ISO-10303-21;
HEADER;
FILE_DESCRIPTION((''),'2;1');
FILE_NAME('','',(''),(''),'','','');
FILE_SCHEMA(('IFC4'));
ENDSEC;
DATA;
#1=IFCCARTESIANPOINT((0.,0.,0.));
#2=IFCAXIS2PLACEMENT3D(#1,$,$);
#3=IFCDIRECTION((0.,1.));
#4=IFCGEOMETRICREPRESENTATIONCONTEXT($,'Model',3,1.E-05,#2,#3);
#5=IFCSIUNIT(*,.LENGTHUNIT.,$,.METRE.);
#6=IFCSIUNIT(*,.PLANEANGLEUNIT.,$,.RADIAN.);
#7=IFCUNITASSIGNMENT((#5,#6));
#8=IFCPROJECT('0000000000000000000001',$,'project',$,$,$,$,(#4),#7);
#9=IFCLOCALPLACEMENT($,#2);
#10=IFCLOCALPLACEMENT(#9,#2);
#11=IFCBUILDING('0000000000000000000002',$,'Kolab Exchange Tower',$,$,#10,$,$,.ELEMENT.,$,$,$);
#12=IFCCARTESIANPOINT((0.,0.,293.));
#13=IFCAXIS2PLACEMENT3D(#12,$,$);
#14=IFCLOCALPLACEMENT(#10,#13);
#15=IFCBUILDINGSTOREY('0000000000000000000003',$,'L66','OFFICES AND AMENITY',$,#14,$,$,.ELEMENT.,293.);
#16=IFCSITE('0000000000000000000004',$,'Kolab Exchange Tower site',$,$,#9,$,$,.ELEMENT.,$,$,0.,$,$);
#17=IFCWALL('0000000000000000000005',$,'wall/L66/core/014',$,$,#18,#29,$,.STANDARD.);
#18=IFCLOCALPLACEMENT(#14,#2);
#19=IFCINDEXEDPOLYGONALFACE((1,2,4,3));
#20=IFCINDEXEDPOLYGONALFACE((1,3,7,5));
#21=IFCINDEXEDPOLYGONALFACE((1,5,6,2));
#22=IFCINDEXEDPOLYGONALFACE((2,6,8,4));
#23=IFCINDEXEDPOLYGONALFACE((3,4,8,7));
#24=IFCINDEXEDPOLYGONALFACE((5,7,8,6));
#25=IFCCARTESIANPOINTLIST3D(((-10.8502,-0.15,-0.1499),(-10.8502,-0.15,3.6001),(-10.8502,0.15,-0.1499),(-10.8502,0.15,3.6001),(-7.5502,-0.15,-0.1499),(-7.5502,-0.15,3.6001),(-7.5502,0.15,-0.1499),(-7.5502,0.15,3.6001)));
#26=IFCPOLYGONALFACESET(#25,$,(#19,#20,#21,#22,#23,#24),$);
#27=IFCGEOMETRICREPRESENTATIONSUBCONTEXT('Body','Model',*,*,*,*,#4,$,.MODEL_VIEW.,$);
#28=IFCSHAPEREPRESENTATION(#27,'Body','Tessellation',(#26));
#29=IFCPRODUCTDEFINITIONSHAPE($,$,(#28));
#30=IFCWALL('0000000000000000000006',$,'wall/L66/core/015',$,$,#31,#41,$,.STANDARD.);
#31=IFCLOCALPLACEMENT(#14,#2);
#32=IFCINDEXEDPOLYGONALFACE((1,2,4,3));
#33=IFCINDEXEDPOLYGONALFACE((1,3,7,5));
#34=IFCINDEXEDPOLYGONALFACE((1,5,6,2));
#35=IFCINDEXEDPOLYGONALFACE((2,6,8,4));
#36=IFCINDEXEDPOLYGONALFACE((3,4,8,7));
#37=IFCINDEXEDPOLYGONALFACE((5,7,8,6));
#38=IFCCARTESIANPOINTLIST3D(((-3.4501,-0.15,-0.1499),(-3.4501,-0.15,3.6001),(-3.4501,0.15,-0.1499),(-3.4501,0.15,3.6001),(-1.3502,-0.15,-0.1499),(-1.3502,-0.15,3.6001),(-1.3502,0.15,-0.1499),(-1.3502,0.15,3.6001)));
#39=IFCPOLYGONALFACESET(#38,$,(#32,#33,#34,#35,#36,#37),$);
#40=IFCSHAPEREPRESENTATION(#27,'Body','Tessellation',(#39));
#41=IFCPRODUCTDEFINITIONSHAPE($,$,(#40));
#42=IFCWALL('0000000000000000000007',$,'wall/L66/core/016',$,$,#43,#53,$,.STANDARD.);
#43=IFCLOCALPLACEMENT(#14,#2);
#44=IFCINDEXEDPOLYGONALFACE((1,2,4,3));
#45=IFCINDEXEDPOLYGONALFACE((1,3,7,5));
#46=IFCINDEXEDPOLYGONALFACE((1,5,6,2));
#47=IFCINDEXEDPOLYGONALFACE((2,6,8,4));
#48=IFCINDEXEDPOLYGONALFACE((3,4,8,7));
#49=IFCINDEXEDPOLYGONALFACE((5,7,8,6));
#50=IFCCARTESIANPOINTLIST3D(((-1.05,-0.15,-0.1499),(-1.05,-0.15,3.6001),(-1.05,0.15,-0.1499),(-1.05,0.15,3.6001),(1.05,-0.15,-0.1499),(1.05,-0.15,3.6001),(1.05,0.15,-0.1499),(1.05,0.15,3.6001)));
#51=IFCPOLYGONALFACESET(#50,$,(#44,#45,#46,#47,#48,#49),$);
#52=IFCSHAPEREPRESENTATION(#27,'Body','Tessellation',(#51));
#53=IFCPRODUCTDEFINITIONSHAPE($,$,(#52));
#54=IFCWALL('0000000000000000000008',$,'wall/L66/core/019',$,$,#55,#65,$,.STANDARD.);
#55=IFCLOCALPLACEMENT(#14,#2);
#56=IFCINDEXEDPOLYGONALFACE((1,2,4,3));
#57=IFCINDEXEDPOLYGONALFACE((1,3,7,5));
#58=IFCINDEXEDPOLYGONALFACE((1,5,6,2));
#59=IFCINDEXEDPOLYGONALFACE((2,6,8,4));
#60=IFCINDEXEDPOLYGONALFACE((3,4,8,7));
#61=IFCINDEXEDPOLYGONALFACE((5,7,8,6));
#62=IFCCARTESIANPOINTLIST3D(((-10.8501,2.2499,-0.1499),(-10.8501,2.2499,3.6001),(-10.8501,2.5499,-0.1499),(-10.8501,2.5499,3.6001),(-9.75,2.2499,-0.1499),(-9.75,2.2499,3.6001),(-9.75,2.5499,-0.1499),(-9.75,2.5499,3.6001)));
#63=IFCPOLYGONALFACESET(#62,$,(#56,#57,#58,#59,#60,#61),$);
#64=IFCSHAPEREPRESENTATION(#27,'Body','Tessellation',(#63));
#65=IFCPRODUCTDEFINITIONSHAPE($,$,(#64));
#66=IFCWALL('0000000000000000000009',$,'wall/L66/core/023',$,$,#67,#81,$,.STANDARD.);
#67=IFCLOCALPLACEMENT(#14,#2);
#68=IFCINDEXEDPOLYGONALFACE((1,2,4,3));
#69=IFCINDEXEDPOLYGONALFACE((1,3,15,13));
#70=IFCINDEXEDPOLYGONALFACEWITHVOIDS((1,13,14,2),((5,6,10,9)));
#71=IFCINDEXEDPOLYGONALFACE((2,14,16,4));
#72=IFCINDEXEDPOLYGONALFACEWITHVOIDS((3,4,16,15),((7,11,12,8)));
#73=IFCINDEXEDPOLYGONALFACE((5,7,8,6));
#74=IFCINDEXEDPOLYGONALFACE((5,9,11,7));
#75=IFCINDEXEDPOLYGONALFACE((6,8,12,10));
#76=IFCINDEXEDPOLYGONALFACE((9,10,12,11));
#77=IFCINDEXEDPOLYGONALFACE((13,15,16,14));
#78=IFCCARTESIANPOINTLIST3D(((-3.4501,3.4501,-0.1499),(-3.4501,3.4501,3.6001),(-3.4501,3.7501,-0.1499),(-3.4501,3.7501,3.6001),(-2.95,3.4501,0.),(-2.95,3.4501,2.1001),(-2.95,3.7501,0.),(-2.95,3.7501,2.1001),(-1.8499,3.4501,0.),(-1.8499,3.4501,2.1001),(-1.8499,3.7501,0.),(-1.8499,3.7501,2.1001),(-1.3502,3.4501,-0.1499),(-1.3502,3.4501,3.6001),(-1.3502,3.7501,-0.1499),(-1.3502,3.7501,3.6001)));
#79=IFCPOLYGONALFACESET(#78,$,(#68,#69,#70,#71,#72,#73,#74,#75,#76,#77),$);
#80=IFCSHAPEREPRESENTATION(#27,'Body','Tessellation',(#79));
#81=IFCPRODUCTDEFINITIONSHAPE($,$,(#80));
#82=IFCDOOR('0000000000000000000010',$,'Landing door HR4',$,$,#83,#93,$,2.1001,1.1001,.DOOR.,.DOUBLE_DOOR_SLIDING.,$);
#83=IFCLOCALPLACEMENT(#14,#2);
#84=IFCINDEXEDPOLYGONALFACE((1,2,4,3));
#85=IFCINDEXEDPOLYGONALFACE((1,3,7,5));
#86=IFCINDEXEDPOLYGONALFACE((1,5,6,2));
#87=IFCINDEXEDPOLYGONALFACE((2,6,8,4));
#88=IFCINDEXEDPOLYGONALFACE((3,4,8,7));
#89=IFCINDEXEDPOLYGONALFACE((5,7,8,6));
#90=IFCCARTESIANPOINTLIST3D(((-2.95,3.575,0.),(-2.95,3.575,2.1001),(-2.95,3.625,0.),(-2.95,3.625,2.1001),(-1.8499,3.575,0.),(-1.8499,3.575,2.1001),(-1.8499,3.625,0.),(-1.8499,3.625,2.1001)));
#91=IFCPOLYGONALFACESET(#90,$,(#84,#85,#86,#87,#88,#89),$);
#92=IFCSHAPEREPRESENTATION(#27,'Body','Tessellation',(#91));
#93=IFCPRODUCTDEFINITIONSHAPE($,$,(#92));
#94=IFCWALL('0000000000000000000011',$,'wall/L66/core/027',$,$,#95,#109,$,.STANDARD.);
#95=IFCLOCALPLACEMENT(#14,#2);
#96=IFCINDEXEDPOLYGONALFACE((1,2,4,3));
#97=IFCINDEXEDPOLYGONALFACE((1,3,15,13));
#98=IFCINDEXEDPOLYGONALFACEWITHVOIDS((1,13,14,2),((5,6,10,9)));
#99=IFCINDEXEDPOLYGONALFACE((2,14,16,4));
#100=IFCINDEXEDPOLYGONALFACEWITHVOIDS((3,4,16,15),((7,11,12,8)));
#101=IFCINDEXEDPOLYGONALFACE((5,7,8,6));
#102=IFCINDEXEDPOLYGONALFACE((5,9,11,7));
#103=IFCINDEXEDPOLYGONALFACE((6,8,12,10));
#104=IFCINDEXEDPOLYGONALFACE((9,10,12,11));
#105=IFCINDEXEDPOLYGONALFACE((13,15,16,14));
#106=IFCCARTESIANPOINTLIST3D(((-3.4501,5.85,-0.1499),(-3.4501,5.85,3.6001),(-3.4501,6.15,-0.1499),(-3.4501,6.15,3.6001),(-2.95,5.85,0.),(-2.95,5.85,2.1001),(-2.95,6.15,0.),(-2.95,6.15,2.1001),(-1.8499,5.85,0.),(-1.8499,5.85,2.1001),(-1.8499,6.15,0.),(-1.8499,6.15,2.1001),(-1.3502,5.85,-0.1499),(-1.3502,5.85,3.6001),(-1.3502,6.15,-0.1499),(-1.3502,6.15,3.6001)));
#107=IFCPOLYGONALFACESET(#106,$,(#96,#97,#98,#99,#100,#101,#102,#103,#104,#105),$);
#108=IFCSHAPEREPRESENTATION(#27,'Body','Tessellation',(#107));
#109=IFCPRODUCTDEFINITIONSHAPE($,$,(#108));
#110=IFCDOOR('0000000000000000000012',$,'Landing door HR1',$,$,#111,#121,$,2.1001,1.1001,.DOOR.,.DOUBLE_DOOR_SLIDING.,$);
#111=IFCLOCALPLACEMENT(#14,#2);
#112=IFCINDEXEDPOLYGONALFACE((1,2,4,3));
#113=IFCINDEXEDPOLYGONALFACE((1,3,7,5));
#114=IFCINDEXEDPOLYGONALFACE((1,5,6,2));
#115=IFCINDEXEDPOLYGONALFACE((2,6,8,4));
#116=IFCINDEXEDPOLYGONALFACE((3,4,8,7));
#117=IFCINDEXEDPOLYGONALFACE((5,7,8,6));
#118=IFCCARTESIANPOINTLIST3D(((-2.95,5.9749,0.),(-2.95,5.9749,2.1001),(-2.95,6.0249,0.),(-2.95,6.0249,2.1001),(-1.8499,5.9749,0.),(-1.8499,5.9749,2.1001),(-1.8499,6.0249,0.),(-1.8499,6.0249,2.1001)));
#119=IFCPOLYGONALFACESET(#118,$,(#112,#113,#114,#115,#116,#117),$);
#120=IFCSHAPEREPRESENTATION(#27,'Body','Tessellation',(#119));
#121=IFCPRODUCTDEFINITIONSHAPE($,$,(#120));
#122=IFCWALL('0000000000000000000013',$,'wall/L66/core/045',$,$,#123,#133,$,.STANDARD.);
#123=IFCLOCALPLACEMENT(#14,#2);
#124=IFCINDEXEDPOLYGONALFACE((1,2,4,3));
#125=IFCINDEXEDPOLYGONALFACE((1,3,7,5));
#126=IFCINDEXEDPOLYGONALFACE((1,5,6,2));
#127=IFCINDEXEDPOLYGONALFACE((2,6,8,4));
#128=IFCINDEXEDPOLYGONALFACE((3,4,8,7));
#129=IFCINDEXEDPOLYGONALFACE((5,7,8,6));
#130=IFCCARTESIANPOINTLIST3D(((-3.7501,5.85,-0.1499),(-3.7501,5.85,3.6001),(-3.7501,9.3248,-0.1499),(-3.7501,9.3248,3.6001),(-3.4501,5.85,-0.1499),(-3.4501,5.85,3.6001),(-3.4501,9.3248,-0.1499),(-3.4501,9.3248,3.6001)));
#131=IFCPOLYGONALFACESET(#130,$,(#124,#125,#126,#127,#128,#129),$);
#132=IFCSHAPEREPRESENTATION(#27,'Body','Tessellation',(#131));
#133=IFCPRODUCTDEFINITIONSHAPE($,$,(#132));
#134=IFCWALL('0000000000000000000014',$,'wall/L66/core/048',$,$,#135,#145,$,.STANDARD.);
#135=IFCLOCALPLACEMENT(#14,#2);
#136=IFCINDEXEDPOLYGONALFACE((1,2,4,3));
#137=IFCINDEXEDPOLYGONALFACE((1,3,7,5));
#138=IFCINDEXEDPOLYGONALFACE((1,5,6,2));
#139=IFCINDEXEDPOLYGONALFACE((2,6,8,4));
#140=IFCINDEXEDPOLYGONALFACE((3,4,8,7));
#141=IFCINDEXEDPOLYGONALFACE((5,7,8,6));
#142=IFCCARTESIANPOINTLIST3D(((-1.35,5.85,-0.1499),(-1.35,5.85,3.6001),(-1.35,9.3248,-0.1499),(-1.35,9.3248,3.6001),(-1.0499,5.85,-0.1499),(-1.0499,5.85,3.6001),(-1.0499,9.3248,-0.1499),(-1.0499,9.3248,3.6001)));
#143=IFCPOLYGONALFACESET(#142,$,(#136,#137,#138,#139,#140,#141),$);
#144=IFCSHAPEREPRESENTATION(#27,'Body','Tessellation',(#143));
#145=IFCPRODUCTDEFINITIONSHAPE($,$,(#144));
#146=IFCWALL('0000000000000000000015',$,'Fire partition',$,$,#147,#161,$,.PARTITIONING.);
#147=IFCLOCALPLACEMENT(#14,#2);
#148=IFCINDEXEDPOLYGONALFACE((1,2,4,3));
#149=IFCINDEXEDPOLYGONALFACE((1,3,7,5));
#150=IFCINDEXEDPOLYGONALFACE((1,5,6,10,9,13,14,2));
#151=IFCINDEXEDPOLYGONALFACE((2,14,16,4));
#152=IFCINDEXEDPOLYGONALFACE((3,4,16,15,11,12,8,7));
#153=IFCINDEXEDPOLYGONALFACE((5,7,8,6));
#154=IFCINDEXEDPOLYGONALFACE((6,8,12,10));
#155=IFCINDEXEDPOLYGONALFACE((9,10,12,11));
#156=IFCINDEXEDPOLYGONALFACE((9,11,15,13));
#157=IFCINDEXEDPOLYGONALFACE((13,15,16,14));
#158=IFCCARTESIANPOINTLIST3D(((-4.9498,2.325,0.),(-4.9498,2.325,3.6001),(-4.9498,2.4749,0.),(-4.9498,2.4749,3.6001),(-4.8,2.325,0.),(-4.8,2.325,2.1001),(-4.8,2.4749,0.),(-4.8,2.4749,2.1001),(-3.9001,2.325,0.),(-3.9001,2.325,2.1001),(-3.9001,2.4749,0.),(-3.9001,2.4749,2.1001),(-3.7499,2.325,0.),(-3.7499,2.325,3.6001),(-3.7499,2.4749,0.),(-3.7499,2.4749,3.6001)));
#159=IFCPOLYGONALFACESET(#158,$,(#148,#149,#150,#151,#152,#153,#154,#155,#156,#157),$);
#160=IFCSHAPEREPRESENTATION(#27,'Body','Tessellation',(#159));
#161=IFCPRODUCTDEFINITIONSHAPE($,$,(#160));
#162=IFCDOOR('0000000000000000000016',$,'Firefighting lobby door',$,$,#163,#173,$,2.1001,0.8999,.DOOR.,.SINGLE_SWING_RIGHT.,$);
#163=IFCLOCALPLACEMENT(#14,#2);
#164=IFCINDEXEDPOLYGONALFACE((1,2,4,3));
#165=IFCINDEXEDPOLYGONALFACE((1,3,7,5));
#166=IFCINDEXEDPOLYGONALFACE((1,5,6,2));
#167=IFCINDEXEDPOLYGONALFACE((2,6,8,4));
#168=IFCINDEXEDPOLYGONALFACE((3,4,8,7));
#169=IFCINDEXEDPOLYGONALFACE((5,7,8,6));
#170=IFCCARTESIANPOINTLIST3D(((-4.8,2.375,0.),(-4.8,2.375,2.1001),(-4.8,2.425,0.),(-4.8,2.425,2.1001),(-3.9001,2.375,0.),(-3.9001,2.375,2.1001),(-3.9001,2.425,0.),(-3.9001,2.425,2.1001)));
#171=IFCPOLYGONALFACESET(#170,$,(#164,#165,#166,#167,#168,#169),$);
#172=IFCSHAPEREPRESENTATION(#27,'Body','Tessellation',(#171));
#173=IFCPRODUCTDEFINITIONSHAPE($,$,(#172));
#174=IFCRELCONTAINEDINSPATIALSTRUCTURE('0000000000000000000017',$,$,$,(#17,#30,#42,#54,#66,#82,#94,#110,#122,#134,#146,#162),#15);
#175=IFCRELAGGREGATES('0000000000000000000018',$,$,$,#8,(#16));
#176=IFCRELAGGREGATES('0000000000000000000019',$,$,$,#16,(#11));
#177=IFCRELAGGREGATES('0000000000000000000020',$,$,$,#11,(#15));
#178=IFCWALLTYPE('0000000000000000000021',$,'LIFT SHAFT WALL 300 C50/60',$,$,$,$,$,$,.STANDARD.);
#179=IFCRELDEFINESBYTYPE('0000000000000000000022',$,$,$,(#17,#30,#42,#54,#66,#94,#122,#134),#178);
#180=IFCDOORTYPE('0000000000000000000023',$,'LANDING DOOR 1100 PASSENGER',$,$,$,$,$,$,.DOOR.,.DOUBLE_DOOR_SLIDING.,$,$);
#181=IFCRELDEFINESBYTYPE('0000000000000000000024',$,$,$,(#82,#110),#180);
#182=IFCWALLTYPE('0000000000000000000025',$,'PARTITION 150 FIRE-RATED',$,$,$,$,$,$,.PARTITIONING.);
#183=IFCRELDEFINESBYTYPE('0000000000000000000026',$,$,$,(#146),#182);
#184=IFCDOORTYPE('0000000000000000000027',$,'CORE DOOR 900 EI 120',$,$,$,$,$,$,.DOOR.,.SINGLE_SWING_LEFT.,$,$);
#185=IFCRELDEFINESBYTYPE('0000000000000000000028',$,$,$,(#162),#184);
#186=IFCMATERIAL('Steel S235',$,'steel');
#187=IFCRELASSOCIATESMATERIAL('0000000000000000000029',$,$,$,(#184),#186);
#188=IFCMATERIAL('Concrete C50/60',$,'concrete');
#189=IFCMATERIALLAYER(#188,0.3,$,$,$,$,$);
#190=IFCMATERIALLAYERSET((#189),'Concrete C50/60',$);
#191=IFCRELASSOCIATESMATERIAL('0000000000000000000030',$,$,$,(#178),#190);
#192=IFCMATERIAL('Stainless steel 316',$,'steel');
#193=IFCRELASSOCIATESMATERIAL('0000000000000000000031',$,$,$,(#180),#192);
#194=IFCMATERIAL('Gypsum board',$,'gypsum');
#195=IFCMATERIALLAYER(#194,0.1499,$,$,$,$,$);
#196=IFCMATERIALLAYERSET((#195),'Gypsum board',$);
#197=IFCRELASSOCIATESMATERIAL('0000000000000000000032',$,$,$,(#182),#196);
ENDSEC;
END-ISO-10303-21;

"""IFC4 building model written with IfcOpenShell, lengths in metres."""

from ifc_helpers import new_model, si_unit, direction, frame, frame_2d, origin, place, context, subcontext, project, spatial, rectangle, extrude, material, layer, layer_set, type_object, element, fill, save


model = new_model("IFC4")

# Units and contexts
model_context = context("Model", 3, precision=1e-05, world=origin(), true_north=direction((0.0, 1.0)))
body_context = subcontext(model_context, "Body", "Model", "MODEL_VIEW")
ifc_project = project(units=[si_unit("LENGTHUNIT", "METRE"), si_unit("PLANEANGLEUNIT", "RADIAN")], contexts=[model_context])

# Site, building, storey
site_placement = place(None, origin())
site = spatial("IfcSite", under=ifc_project, at=site_placement, Name="Kolab Exchange Tower site", CompositionType="ELEMENT", RefElevation=0.0)
building_placement = place(site_placement, origin())
building = spatial("IfcBuilding", under=site, at=building_placement, Name="Kolab Exchange Tower", CompositionType="ELEMENT")
storey_placement = place(building_placement, frame((0.0, 0.0, 293.0)))
storey = spatial("IfcBuildingStorey", under=building, at=storey_placement, Name="L66", Description="OFFICES AND AMENITY", CompositionType="ELEMENT", Elevation=293.0)

# Shared definitions
ifc_material_1 = material(Name="Concrete C50/60", Category="concrete")
ifc_material_2 = material(Name="Steel S235", Category="steel")
door_type_1 = type_object("IfcDoorType", Name="CORE DOOR 900 EI 120", OperationType="SINGLE_SWING_LEFT", PredefinedType="DOOR", material=ifc_material_2)

# Walls
ifc_layer_1 = layer(ifc_material_1, 0.3)
ifc_layer_set_1 = layer_set([ifc_layer_1], Name="Concrete C50/60")
wall_type_1 = type_object("IfcWallType", Name="LIFT SHAFT WALL 300 C50/60", PredefinedType="STANDARD", material=ifc_layer_set_1)
wall_1_placement = place(storey_placement, frame((-10.8501, 0.0, -0.1499), z_axis=(0.0, 0.0, 1.0), x_axis=(1.0, 0.0, 0.0)))
element("IfcWall", 1, at=wall_1_placement, inside=storey, type_object=wall_type_1, Name="wall/L66/core/014", PredefinedType="STANDARD", context=body_context, shape_type="SweptSolid", body=[
    extrude(rectangle(XDim=3.3, YDim=0.3, at=frame_2d((1.6499, 0.0))), origin(), (0.0, 0.0, 1.0), 3.75),
])
wall_2_placement = place(storey_placement, frame((-3.45, 0.0, -0.1499), z_axis=(0.0, 0.0, 1.0), x_axis=(1.0, 0.0, 0.0)))
element("IfcWall", 2, at=wall_2_placement, inside=storey, type_object=wall_type_1, Name="wall/L66/core/015", PredefinedType="STANDARD", context=body_context, shape_type="SweptSolid", body=[
    extrude(rectangle(XDim=2.0999, YDim=0.3, at=frame_2d((1.0498, 0.0))), origin(), (0.0, 0.0, 1.0), 3.75),
])
wall_3_placement = place(storey_placement, frame((-1.05, 0.0, -0.1499), z_axis=(0.0, 0.0, 1.0), x_axis=(1.0, 0.0, 0.0)))
element("IfcWall", 3, at=wall_3_placement, inside=storey, type_object=wall_type_1, Name="wall/L66/core/016", PredefinedType="STANDARD", context=body_context, shape_type="SweptSolid", body=[
    extrude(rectangle(XDim=2.1001, YDim=0.3, at=frame_2d((1.05, 0.0))), origin(), (0.0, 0.0, 1.0), 3.75),
])
wall_4_placement = place(storey_placement, frame((-10.8501, 2.3999, -0.1499), z_axis=(0.0, 0.0, 1.0), x_axis=(1.0, 0.0, 0.0)))
element("IfcWall", 4, at=wall_4_placement, inside=storey, type_object=wall_type_1, Name="wall/L66/core/019", PredefinedType="STANDARD", context=body_context, shape_type="SweptSolid", body=[
    extrude(rectangle(XDim=1.1001, YDim=0.3, at=frame_2d((0.55, 0.0))), origin(), (0.0, 0.0, 1.0), 3.75),
])

# Walls, openings, doors
wall_5_placement = place(storey_placement, frame((-3.45, 3.6001, -0.1499), z_axis=(0.0, 0.0, 1.0), x_axis=(1.0, 0.0, 0.0)))
wall_5 = element("IfcWall", 5, at=wall_5_placement, inside=storey, type_object=wall_type_1, Name="wall/L66/core/023", PredefinedType="STANDARD", context=body_context, shape_type="SweptSolid", body=[
    extrude(rectangle(XDim=2.0999, YDim=0.3, at=frame_2d((1.0498, 0.0))), origin(), (0.0, 0.0, 1.0), 3.75),
])
opening_1_placement = place(wall_5_placement, frame((0.5, 0.0, 0.1499)))
opening_1 = element("IfcOpeningElement", 6, at=opening_1_placement, cuts=wall_5, PredefinedType="OPENING", context=body_context, shape_type="SweptSolid", body=[
    extrude(rectangle(XDim=1.1001, YDim=2.1001, at=frame_2d((0.55, 1.05))), frame((0.0, 0.1602, 0.0), z_axis=(0.0, -1.0, 0.0), x_axis=(1.0, 0.0, 0.0)), (0.0, 0.0, 1.0), 0.3201),
])
ifc_material_3 = material(Name="Stainless steel 316", Category="steel")
door_type_2 = type_object("IfcDoorType", Name="LANDING DOOR 1100 PASSENGER", OperationType="DOUBLE_DOOR_SLIDING", PredefinedType="DOOR", material=ifc_material_3)
door_1_placement = place(opening_1_placement, origin())
door_1 = element("IfcDoor", 7, at=door_1_placement, inside=storey, type_object=door_type_2, Name="Landing door HR4", OperationType="DOUBLE_DOOR_SLIDING", OverallHeight=2.1001, OverallWidth=1.1001, PredefinedType="DOOR", context=body_context, shape_type="SweptSolid", body=[
    extrude(rectangle(XDim=1.1001, YDim=2.1001, at=frame_2d((0.55, 1.05))), frame((0.0, 0.0249, 0.0), z_axis=(0.0, -1.0, 0.0), x_axis=(1.0, 0.0, 0.0)), (0.0, 0.0, 1.0), 0.05),
])
fill(opening_1, door_1)
wall_6_placement = place(storey_placement, frame((-3.45, 6.0, -0.1499), z_axis=(0.0, 0.0, 1.0), x_axis=(1.0, 0.0, 0.0)))
wall_6 = element("IfcWall", 8, at=wall_6_placement, inside=storey, type_object=wall_type_1, Name="wall/L66/core/027", PredefinedType="STANDARD", context=body_context, shape_type="SweptSolid", body=[
    extrude(rectangle(XDim=2.0999, YDim=0.3, at=frame_2d((1.0498, 0.0))), origin(), (0.0, 0.0, 1.0), 3.75),
])
opening_2_placement = place(wall_6_placement, frame((0.5, 0.0, 0.1499)))
opening_2 = element("IfcOpeningElement", 9, at=opening_2_placement, cuts=wall_6, PredefinedType="OPENING", context=body_context, shape_type="SweptSolid", body=[
    extrude(rectangle(XDim=1.1001, YDim=2.1001, at=frame_2d((0.55, 1.05))), frame((0.0, 0.1602, 0.0), z_axis=(0.0, -1.0, 0.0), x_axis=(1.0, 0.0, 0.0)), (0.0, 0.0, 1.0), 0.3201),
])
door_2_placement = place(opening_2_placement, origin())
door_2 = element("IfcDoor", 10, at=door_2_placement, inside=storey, type_object=door_type_2, Name="Landing door HR1", OperationType="DOUBLE_DOOR_SLIDING", OverallHeight=2.1001, OverallWidth=1.1001, PredefinedType="DOOR", context=body_context, shape_type="SweptSolid", body=[
    extrude(rectangle(XDim=1.1001, YDim=2.1001, at=frame_2d((0.55, 1.05))), frame((0.0, 0.0249, 0.0), z_axis=(0.0, -1.0, 0.0), x_axis=(1.0, 0.0, 0.0)), (0.0, 0.0, 1.0), 0.05),
])
fill(opening_2, door_2)

# Walls
for number, where, z_axis, x_axis, name in (
    (11, (-3.6001, 5.8501, -0.1499), (0.0, 0.0, 1.0), (0.0, 1.0, 0.0), "wall/L66/core/045"),
    (12, (-1.2, 5.8501, -0.1499), (0.0, 0.0, 1.0), (0.0, 1.0, 0.0), "wall/L66/core/048"),
):
    element("IfcWall", number, at=place(storey_placement, frame(where, z_axis=z_axis, x_axis=x_axis)), inside=storey, type_object=wall_type_1, Name=name, PredefinedType="STANDARD", context=body_context, shape_type="SweptSolid", body=[
        extrude(rectangle(XDim=3.4749, YDim=0.3, at=frame_2d((1.7373, 0.0))), origin(), (0.0, 0.0, 1.0), 3.75),
    ])

# Wall, opening, door
ifc_material_4 = material(Name="Gypsum board", Category="gypsum")
ifc_layer_2 = layer(ifc_material_4, 0.1499)
ifc_layer_set_2 = layer_set([ifc_layer_2], Name="Gypsum board")
wall_type_2 = type_object("IfcWallType", Name="PARTITION 150 FIRE-RATED", PredefinedType="PARTITIONING", material=ifc_layer_set_2)
wall_7_placement = place(storey_placement, frame((-4.95, 2.3999, 0.0), z_axis=(0.0, 0.0, 1.0), x_axis=(1.0, 0.0, 0.0)))
wall_7 = element("IfcWall", 13, at=wall_7_placement, inside=storey, type_object=wall_type_2, Name="Fire partition", PredefinedType="PARTITIONING", context=body_context, shape_type="SweptSolid", body=[
    extrude(rectangle(XDim=1.2, YDim=0.1499, at=frame_2d((0.6001, 0.0))), origin(), (0.0, 0.0, 1.0), 3.6001),
])
opening_3_placement = place(wall_7_placement, frame((0.1499, 0.0, 0.0)))
opening_3 = element("IfcOpeningElement", 14, at=opening_3_placement, cuts=wall_7, PredefinedType="OPENING", context=body_context, shape_type="SweptSolid", body=[
    extrude(rectangle(XDim=0.8999, YDim=2.1001, at=frame_2d((0.45, 1.05))), frame((0.0, 0.085, 0.0), z_axis=(0.0, -1.0, 0.0), x_axis=(1.0, 0.0, 0.0)), (0.0, 0.0, 1.0), 0.1699),
])
door_3_placement = place(opening_3_placement, frame((0.8999, 0.0, 0.0), z_axis=(0.0, 0.0, 1.0), x_axis=(-1.0, 0.0, 0.0)))
door_3 = element("IfcDoor", 15, at=door_3_placement, inside=storey, type_object=door_type_1, Name="Firefighting lobby door", OperationType="SINGLE_SWING_RIGHT", OverallHeight=2.1001, OverallWidth=0.8999, PredefinedType="DOOR", context=body_context, shape_type="SweptSolid", body=[
    extrude(rectangle(XDim=0.8999, YDim=2.1001, at=frame_2d((0.45, 1.05))), frame((0.0, 0.0249, 0.0), z_axis=(0.0, -1.0, 0.0), x_axis=(1.0, 0.0, 0.0)), (0.0, 0.0, 1.0), 0.05),
])
fill(opening_3, door_3)

save(model, "model.ifc")
